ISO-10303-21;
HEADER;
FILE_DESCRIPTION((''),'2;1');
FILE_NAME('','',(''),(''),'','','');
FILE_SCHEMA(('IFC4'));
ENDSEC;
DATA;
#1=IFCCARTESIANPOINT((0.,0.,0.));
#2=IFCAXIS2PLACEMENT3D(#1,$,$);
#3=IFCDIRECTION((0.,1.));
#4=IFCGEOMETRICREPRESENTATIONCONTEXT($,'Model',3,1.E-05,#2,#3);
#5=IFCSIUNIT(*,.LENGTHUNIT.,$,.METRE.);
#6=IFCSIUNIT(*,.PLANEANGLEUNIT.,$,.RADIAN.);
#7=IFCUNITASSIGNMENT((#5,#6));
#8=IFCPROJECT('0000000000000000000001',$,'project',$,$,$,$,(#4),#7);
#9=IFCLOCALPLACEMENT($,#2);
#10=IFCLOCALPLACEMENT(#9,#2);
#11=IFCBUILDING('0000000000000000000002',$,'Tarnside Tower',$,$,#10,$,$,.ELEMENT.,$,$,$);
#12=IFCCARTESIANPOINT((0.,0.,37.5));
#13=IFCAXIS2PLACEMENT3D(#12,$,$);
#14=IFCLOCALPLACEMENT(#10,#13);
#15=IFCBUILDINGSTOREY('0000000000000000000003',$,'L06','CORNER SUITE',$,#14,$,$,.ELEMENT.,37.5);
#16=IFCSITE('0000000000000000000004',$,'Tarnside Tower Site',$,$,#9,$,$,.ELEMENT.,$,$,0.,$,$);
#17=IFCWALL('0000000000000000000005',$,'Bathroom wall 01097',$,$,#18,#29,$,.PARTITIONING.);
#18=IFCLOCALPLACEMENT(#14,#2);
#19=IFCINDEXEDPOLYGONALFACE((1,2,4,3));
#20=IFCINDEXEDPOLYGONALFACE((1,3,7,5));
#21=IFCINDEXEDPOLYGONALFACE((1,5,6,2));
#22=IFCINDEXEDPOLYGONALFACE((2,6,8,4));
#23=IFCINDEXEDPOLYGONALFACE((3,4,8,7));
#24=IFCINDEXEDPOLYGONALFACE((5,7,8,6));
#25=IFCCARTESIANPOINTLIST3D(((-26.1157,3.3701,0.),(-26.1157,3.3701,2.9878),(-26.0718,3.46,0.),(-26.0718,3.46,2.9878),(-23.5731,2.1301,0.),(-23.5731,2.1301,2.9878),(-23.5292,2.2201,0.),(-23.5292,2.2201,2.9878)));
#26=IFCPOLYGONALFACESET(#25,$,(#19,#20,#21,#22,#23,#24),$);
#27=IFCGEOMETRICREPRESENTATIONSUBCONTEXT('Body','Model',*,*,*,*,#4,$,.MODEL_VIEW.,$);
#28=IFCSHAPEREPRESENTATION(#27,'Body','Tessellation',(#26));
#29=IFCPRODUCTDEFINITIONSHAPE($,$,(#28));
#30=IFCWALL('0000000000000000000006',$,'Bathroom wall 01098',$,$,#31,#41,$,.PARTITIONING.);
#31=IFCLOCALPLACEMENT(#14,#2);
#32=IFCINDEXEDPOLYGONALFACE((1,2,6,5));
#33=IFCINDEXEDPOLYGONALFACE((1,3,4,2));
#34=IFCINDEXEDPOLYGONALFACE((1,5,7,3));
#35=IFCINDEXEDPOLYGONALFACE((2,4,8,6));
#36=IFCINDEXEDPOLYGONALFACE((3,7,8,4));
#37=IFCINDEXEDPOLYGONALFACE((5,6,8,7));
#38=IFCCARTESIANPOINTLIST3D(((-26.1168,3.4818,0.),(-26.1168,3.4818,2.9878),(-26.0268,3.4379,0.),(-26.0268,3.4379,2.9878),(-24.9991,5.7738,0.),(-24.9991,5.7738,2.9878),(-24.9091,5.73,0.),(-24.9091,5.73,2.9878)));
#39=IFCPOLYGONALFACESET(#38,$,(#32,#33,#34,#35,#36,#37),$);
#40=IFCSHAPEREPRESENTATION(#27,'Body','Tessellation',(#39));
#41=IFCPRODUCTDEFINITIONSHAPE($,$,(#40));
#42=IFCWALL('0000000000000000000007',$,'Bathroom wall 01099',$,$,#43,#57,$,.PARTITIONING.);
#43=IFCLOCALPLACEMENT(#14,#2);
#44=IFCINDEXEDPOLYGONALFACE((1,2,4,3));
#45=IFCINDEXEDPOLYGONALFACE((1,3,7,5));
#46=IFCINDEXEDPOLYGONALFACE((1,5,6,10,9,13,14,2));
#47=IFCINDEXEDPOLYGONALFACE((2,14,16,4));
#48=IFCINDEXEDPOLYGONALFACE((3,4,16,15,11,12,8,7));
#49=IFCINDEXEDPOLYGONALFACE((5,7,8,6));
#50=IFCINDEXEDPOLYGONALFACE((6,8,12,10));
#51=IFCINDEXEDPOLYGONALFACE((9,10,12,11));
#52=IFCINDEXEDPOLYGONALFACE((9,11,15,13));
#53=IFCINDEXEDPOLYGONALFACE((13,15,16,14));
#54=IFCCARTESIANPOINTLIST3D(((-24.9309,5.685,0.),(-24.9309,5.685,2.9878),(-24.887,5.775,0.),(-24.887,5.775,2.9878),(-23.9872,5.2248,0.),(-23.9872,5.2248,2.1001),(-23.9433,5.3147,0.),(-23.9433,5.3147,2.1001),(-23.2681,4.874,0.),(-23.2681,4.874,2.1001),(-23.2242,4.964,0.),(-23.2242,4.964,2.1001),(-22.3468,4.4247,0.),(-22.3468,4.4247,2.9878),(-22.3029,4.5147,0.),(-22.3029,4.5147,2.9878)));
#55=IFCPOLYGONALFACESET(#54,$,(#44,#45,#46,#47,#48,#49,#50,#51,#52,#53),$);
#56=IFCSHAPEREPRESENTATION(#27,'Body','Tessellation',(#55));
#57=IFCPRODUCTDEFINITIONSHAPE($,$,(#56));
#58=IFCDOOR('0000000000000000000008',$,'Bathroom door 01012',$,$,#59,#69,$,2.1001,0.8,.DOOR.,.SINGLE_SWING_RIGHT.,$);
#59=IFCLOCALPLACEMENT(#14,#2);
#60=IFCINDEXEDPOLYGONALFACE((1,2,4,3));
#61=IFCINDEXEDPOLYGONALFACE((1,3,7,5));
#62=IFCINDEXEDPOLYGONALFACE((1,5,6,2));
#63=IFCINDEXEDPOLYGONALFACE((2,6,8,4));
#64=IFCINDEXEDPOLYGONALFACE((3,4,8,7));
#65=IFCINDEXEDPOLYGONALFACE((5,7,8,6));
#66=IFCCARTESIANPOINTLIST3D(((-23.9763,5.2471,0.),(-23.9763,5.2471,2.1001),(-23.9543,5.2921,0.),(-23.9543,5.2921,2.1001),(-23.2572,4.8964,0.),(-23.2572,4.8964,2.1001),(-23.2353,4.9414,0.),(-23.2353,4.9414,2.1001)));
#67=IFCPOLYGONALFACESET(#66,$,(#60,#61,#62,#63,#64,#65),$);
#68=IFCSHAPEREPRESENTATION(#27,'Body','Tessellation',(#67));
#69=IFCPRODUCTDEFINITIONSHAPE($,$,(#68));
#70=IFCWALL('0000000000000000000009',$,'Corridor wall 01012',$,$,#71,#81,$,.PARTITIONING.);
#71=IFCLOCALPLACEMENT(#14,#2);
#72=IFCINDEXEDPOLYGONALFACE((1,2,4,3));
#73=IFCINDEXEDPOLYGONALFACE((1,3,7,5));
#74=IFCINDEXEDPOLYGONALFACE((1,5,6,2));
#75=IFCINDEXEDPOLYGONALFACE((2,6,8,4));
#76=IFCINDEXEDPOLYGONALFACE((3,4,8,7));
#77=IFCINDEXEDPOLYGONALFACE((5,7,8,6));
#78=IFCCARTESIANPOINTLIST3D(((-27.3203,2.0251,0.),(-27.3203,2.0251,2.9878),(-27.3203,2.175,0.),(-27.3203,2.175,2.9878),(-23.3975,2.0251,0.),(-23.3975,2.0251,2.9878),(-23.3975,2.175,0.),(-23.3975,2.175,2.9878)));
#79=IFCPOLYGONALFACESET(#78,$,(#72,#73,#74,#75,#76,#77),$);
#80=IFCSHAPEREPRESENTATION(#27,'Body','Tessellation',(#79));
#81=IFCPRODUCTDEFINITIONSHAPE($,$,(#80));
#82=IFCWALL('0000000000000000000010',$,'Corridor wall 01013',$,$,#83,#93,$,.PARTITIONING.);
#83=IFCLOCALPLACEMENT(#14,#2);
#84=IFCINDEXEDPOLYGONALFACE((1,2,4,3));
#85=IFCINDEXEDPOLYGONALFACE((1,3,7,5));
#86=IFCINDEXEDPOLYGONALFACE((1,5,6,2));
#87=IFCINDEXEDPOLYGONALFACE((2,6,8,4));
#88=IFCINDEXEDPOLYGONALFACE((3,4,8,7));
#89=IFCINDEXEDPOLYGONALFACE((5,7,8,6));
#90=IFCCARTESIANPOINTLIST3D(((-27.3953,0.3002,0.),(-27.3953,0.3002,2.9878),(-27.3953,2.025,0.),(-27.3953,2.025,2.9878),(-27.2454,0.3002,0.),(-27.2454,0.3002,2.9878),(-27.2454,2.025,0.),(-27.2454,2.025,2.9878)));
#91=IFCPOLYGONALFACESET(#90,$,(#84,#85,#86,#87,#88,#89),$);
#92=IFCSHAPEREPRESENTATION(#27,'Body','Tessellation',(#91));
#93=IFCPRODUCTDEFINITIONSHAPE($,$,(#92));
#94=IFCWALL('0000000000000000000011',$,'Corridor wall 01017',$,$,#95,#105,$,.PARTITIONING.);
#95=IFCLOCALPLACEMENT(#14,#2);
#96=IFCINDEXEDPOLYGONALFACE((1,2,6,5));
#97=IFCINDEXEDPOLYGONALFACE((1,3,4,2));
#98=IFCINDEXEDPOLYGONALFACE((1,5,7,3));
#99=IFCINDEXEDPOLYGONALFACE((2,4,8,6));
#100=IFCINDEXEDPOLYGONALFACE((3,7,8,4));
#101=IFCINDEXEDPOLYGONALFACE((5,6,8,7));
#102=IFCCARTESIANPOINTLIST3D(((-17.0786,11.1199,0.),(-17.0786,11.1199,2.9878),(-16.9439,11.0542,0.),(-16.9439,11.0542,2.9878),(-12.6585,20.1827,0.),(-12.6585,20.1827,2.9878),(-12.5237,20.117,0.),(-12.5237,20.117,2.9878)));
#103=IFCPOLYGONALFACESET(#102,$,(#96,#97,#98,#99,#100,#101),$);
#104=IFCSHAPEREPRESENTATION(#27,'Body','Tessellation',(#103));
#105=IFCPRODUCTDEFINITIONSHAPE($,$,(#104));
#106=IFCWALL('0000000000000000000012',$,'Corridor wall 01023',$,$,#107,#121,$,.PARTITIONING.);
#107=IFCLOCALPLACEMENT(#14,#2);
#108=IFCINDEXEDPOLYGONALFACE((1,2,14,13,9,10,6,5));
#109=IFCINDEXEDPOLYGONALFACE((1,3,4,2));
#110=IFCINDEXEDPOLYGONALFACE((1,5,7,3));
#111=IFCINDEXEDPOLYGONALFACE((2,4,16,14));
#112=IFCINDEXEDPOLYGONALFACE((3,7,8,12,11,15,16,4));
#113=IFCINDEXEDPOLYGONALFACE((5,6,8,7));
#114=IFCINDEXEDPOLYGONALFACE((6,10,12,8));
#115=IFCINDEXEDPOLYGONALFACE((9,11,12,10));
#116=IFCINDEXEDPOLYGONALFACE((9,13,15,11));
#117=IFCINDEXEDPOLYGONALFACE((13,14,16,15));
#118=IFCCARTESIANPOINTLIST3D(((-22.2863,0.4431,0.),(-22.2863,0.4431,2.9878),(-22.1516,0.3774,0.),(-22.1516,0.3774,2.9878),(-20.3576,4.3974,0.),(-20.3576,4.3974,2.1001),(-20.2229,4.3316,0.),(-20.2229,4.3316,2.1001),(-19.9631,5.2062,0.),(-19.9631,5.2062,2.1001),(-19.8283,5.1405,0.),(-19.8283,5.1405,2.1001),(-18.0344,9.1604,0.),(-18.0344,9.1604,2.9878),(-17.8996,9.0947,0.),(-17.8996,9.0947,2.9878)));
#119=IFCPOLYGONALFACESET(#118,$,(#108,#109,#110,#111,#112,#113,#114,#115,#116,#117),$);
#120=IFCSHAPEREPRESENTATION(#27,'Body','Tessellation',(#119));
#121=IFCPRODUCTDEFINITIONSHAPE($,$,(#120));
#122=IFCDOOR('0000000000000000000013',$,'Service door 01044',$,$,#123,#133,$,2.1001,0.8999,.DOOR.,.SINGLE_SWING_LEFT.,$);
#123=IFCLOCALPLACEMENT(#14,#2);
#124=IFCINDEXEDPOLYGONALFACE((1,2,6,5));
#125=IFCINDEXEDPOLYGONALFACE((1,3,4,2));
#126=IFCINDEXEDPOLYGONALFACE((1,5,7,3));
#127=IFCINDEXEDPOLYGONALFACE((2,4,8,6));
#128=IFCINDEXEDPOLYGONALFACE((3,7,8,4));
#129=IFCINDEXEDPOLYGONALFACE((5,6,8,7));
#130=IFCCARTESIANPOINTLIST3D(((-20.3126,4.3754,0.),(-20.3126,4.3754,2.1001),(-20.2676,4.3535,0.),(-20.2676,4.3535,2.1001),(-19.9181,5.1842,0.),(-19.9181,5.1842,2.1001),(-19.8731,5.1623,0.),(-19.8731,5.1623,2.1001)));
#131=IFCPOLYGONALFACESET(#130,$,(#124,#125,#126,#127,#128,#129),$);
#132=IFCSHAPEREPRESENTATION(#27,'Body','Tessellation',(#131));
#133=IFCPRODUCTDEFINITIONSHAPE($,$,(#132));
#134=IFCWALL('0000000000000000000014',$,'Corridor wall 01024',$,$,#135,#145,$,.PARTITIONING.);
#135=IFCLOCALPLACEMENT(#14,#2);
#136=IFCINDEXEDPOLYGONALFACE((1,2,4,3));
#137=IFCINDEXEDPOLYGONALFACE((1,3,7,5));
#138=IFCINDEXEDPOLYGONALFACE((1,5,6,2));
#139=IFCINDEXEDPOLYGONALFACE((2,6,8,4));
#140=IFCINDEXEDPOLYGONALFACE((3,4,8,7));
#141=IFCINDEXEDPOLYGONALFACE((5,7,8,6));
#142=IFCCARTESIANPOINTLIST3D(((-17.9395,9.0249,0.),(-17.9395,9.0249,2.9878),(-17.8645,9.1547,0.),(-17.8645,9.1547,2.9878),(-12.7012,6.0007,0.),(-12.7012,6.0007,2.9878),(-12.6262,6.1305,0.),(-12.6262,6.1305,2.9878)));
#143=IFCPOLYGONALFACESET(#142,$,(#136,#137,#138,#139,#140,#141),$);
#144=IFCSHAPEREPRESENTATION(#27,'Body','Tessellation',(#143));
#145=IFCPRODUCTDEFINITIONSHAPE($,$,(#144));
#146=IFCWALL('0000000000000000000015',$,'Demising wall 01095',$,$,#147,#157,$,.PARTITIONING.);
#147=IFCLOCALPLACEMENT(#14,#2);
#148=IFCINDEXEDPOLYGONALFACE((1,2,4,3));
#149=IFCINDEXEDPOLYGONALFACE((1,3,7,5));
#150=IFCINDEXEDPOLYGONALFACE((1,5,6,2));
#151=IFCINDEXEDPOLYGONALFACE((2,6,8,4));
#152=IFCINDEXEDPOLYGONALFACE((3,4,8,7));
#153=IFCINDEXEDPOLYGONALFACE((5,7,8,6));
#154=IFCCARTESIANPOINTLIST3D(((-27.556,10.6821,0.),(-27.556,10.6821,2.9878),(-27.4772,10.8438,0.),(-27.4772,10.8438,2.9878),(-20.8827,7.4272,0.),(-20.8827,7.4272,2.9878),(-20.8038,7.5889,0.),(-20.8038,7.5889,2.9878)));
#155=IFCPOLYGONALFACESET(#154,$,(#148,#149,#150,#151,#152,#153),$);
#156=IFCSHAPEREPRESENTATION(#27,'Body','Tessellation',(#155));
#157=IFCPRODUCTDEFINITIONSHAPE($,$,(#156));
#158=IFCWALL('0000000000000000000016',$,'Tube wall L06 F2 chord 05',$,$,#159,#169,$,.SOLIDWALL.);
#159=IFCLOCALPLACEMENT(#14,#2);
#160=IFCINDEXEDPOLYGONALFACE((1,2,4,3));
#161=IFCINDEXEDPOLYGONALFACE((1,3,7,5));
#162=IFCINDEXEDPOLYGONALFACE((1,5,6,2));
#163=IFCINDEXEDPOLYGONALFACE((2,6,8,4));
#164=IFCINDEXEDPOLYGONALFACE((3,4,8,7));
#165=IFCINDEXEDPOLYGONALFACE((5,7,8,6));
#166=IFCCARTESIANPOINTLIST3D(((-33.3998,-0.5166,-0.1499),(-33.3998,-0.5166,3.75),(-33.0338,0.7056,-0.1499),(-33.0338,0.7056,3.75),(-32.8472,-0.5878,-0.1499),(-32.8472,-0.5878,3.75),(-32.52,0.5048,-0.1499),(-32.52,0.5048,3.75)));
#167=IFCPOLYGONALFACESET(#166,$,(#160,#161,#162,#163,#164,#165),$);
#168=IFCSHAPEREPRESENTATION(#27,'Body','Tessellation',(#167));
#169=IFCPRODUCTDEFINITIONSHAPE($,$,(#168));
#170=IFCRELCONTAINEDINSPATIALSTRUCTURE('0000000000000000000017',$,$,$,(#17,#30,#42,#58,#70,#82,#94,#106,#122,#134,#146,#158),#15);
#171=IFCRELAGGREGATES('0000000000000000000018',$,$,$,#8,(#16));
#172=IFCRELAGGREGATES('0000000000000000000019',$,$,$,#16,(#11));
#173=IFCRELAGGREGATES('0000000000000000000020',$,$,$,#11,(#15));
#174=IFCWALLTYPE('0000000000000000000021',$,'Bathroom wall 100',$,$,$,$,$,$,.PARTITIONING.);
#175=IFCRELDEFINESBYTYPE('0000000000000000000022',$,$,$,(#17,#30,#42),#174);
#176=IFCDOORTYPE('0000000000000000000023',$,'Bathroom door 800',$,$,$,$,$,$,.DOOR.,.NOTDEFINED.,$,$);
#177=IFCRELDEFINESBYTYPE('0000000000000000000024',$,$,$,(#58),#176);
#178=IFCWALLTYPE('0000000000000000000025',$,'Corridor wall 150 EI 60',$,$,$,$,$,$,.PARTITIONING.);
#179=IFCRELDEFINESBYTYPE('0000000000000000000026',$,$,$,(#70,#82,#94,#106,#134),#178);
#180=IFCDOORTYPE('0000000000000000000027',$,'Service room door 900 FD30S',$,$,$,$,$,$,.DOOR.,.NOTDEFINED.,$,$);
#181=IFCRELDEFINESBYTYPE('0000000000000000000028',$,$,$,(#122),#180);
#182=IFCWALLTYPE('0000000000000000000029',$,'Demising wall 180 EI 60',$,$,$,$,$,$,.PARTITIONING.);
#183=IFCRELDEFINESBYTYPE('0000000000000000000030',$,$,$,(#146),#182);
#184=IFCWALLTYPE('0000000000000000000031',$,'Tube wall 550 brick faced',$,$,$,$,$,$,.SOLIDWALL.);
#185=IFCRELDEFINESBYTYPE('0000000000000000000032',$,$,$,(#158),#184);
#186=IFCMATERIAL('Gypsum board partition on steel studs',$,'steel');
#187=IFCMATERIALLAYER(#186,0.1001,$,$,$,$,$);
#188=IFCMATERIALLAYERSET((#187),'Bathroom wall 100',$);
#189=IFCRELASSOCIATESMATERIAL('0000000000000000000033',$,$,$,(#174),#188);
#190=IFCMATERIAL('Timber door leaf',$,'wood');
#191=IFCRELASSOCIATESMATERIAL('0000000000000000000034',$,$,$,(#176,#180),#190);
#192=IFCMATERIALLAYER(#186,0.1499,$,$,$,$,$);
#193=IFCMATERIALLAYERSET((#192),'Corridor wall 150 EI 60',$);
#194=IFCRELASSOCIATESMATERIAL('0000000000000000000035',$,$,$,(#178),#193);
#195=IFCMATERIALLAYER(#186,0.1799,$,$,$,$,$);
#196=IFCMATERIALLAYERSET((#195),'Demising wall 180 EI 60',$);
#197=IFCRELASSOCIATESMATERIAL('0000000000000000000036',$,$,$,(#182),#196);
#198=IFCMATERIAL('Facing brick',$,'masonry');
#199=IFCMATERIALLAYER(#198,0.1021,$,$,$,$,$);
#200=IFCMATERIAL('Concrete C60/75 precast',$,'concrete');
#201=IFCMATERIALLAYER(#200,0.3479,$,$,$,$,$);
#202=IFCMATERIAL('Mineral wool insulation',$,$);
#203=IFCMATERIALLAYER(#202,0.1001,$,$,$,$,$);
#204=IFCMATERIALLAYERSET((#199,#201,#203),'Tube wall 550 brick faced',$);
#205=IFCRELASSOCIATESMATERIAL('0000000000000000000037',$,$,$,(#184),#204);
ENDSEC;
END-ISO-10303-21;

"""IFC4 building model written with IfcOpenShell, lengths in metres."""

from ifc_helpers import new_model, si_unit, direction, frame, frame_2d, origin, place, context, subcontext, project, spatial, polyline, rectangle, outline, extrude, material, layer, layer_set, type_object, element, fill, save


model = new_model("IFC4")

# Units and contexts
model_context = context("Model", 3, precision=1e-05, world=origin(), true_north=direction((0.0, 1.0)))
body_context = subcontext(model_context, "Body", "Model", "MODEL_VIEW")
ifc_project = project(units=[si_unit("LENGTHUNIT", "METRE"), si_unit("PLANEANGLEUNIT", "RADIAN")], contexts=[model_context])

# Site, building, storey
site_placement = place(None, origin())
site = spatial("IfcSite", under=ifc_project, at=site_placement, Name="Tarnside Tower Site", CompositionType="ELEMENT", RefElevation=0.0)
building_placement = place(site_placement, origin())
building = spatial("IfcBuilding", under=site, at=building_placement, Name="Tarnside Tower", CompositionType="ELEMENT")
storey_placement = place(building_placement, frame((0.0, 0.0, 37.5)))
storey = spatial("IfcBuildingStorey", under=building, at=storey_placement, Name="L06", Description="CORNER SUITE", CompositionType="ELEMENT", Elevation=37.5)

# Walls
ifc_material_1 = material(Name="Gypsum board partition on steel studs", Category="steel")
ifc_layer_1 = layer(ifc_material_1, 0.1001)
ifc_layer_set_1 = layer_set([ifc_layer_1], Name="Bathroom wall 100")
wall_type_1 = type_object("IfcWallType", Name="Bathroom wall 100", PredefinedType="PARTITIONING", material=ifc_layer_set_1)
wall_1_placement = place(storey_placement, frame((-23.551, 2.175, 0.0), z_axis=(0.0, 0.0, 1.0), x_axis=(-0.898819, 0.43832, 0.0)))
element("IfcWall", 1, at=wall_1_placement, inside=storey, type_object=wall_type_1, Name="Bathroom wall 01097", PredefinedType="PARTITIONING", context=body_context, shape_type="SweptSolid", body=[
    extrude(rectangle(XDim=2.8289, YDim=0.1001, at=frame_2d((1.4146, 0.0))), origin(), (0.0, 0.0, 1.0), 2.9878),
])
wall_2_placement = place(storey_placement, frame((-26.0718, 3.46, 0.0), z_axis=(0.0, 0.0, 1.0), x_axis=(0.438307, 0.898825, 0.0)))
element("IfcWall", 2, at=wall_2_placement, inside=storey, type_object=wall_type_1, Name="Bathroom wall 01098", PredefinedType="PARTITIONING", context=body_context, shape_type="SweptSolid", body=[
    extrude(rectangle(XDim=2.55, YDim=0.1001, at=frame_2d((1.2749, 0.0))), origin(), (0.0, 0.0, 1.0), 2.9878),
])

# Wall, opening, door
wall_3_placement = place(storey_placement, frame((-24.9089, 5.73, 0.0), z_axis=(0.0, 0.0, 1.0), x_axis=(0.898799, -0.43836, 0.0)))
wall_3 = element("IfcWall", 3, at=wall_3_placement, inside=storey, type_object=wall_type_1, Name="Bathroom wall 01099", PredefinedType="PARTITIONING", context=body_context, shape_type="SweptSolid", body=[
    extrude(rectangle(XDim=2.875, YDim=0.1001, at=frame_2d((1.4375, 0.0))), origin(), (0.0, 0.0, 1.0), 2.9878),
])
opening_1_placement = place(wall_3_placement, frame((1.05, 0.0, 0.0)))
opening_1 = element("IfcOpeningElement", 4, at=opening_1_placement, cuts=wall_3, PredefinedType="OPENING", context=body_context, shape_type="SweptSolid", body=[
    extrude(rectangle(XDim=0.8, YDim=2.1001, at=frame_2d((0.3999, 1.05))), frame((0.0, 0.0601, 0.0), z_axis=(0.0, -1.0, 0.0), x_axis=(1.0, 0.0, 0.0)), (0.0, 0.0, 1.0), 0.1201),
])
ifc_material_2 = material(Name="Timber door leaf", Category="wood")
door_type_1 = type_object("IfcDoorType", Name="Bathroom door 800", OperationType="NOTDEFINED", PredefinedType="DOOR", material=ifc_material_2)
door_1_placement = place(opening_1_placement, origin())
door_1 = element("IfcDoor", 5, at=door_1_placement, inside=storey, type_object=door_type_1, Name="Bathroom door 01012", OperationType="SINGLE_SWING_RIGHT", OverallHeight=2.1001, OverallWidth=0.8, PredefinedType="DOOR", context=body_context, shape_type="SweptSolid", body=[
    extrude(rectangle(XDim=0.8, YDim=2.1001, at=frame_2d((0.3999, 1.05))), frame((0.0, 0.0249, 0.0), z_axis=(0.0, -1.0, 0.0), x_axis=(1.0, 0.0, 0.0)), (0.0, 0.0, 1.0), 0.05),
])
fill(opening_1, door_1)

# Walls
ifc_layer_2 = layer(ifc_material_1, 0.1499)
ifc_layer_set_2 = layer_set([ifc_layer_2], Name="Corridor wall 150 EI 60")
wall_type_2 = type_object("IfcWallType", Name="Corridor wall 150 EI 60", PredefinedType="PARTITIONING", material=ifc_layer_set_2)
wall_4_placement = place(storey_placement, frame((-23.3975, 2.1001, 0.0), z_axis=(0.0, 0.0, 1.0), x_axis=(-1.0, 0.0, 0.0)))
element("IfcWall", 6, at=wall_4_placement, inside=storey, type_object=wall_type_2, Name="Corridor wall 01012", PredefinedType="PARTITIONING", context=body_context, shape_type="SweptSolid", body=[
    extrude(rectangle(XDim=3.9229, YDim=0.1499, at=frame_2d((1.9614, 0.0))), origin(), (0.0, 0.0, 1.0), 2.9878),
])
wall_5_placement = place(storey_placement, frame((-27.3203, 2.0249, 0.0), z_axis=(0.0, 0.0, 1.0), x_axis=(0.0, -1.0, 0.0)))
element("IfcWall", 7, at=wall_5_placement, inside=storey, type_object=wall_type_2, Name="Corridor wall 01013", PredefinedType="PARTITIONING", context=body_context, shape_type="SweptSolid", body=[
    extrude(rectangle(XDim=1.7249, YDim=0.1499, at=frame_2d((0.8623, 0.0))), origin(), (0.0, 0.0, 1.0), 2.9878),
])
wall_6_placement = place(storey_placement, frame((-17.0112, 11.0872, 0.0), z_axis=(0.0, 0.0, 1.0), x_axis=(0.438369, 0.898795, 0.0)))
element("IfcWall", 8, at=wall_6_placement, inside=storey, type_object=wall_type_2, Name="Corridor wall 01017", PredefinedType="PARTITIONING", context=body_context, shape_type="SweptSolid", body=[
    extrude(rectangle(XDim=10.0833, YDim=0.1499, at=frame_2d((5.0415, 0.0))), origin(), (0.0, 0.0, 1.0), 2.9878),
])

# Wall, opening, door
wall_7_placement = place(storey_placement, frame((-22.219, 0.4102, 0.0), z_axis=(0.0, 0.0, 1.0), x_axis=(0.438392, 0.898784, 0.0)))
wall_7 = element("IfcWall", 9, at=wall_7_placement, inside=storey, type_object=wall_type_2, Name="Corridor wall 01023", PredefinedType="PARTITIONING", context=body_context, shape_type="SweptSolid", body=[
    extrude(rectangle(XDim=9.699, YDim=0.1499, at=frame_2d((4.8496, 0.0))), origin(), (0.0, 0.0, 1.0), 2.9878),
])
opening_2_placement = place(wall_7_placement, frame((4.3997, 0.0, 0.0)))
opening_2 = element("IfcOpeningElement", 10, at=opening_2_placement, cuts=wall_7, PredefinedType="OPENING", context=body_context, shape_type="SweptSolid", body=[
    extrude(rectangle(XDim=0.8999, YDim=2.1001, at=frame_2d((0.45, 1.05))), frame((0.0, 0.085, 0.0), z_axis=(0.0, -1.0, 0.0), x_axis=(1.0, 0.0, 0.0)), (0.0, 0.0, 1.0), 0.1699),
])
door_type_2 = type_object("IfcDoorType", Name="Service room door 900 FD30S", OperationType="NOTDEFINED", PredefinedType="DOOR", material=ifc_material_2)
door_2_placement = place(opening_2_placement, origin())
door_2 = element("IfcDoor", 11, at=door_2_placement, inside=storey, type_object=door_type_2, Name="Service door 01044", OperationType="SINGLE_SWING_LEFT", OverallHeight=2.1001, OverallWidth=0.8999, PredefinedType="DOOR", context=body_context, shape_type="SweptSolid", body=[
    extrude(rectangle(XDim=0.8999, YDim=2.1001, at=frame_2d((0.45, 1.05))), frame((0.0, 0.0249, 0.0), z_axis=(0.0, -1.0, 0.0), x_axis=(1.0, 0.0, 0.0)), (0.0, 0.0, 1.0), 0.05),
])
fill(opening_2, door_2)

# Walls
wall_8_placement = place(storey_placement, frame((-17.9021, 9.0898, 0.0), z_axis=(0.0, 0.0, 1.0), x_axis=(0.866036, -0.499981, 0.0)))
element("IfcWall", 12, at=wall_8_placement, inside=storey, type_object=wall_type_2, Name="Corridor wall 01024", PredefinedType="PARTITIONING", context=body_context, shape_type="SweptSolid", body=[
    extrude(rectangle(XDim=6.0486, YDim=0.1499, at=frame_2d((3.0244, 0.0))), origin(), (0.0, 0.0, 1.0), 2.9878),
])
ifc_layer_3 = layer(ifc_material_1, 0.1799)
ifc_layer_set_3 = layer_set([ifc_layer_3], Name="Demising wall 180 EI 60")
wall_type_3 = type_object("IfcWallType", Name="Demising wall 180 EI 60", PredefinedType="PARTITIONING", material=ifc_layer_set_3)
wall_9_placement = place(storey_placement, frame((-27.5166, 10.7629, 0.0), z_axis=(0.0, 0.0, 1.0), x_axis=(0.89879, -0.43838, 0.0)))
element("IfcWall", 13, at=wall_9_placement, inside=storey, type_object=wall_type_3, Name="Demising wall 01095", PredefinedType="PARTITIONING", context=body_context, shape_type="SweptSolid", body=[
    extrude(rectangle(XDim=7.4248, YDim=0.1799, at=frame_2d((3.7124, 0.0))), origin(), (0.0, 0.0, 1.0), 2.9878),
])
ifc_material_3 = material(Name="Facing brick", Category="masonry")
ifc_layer_4 = layer(ifc_material_3, 0.1021)
ifc_material_4 = material(Name="Concrete C60/75 precast", Category="concrete")
ifc_layer_5 = layer(ifc_material_4, 0.3479)
ifc_material_5 = material(Name="Mineral wool insulation")
ifc_layer_6 = layer(ifc_material_5, 0.1001)
ifc_layer_set_4 = layer_set([ifc_layer_4, ifc_layer_5, ifc_layer_6], Name="Tube wall 550 brick faced")
wall_type_4 = type_object("IfcWallType", Name="Tube wall 550 brick faced", PredefinedType="SOLIDWALL", material=ifc_layer_set_4)
wall_10_placement = place(storey_placement, frame((-32.7769, 0.6052, -0.1499), z_axis=(0.0, 0.0, 1.0), x_axis=(-0.286921, -0.957954, 0.0)))
element("IfcWall", 14, at=wall_10_placement, inside=storey, type_object=wall_type_4, Name="Tube wall L06 F2 chord 05", PredefinedType="SOLIDWALL", context=body_context, shape_type="SweptSolid", body=[
    extrude(outline(polyline([(-0.0225, -0.2749), (1.2534, -0.2749), (1.1631, 0.2749), (0.0225, 0.2749), (-0.0225, -0.2749)])), origin(), (0.0, 0.0, 1.0), 3.8999),
])

save(model, "model.ifc")
